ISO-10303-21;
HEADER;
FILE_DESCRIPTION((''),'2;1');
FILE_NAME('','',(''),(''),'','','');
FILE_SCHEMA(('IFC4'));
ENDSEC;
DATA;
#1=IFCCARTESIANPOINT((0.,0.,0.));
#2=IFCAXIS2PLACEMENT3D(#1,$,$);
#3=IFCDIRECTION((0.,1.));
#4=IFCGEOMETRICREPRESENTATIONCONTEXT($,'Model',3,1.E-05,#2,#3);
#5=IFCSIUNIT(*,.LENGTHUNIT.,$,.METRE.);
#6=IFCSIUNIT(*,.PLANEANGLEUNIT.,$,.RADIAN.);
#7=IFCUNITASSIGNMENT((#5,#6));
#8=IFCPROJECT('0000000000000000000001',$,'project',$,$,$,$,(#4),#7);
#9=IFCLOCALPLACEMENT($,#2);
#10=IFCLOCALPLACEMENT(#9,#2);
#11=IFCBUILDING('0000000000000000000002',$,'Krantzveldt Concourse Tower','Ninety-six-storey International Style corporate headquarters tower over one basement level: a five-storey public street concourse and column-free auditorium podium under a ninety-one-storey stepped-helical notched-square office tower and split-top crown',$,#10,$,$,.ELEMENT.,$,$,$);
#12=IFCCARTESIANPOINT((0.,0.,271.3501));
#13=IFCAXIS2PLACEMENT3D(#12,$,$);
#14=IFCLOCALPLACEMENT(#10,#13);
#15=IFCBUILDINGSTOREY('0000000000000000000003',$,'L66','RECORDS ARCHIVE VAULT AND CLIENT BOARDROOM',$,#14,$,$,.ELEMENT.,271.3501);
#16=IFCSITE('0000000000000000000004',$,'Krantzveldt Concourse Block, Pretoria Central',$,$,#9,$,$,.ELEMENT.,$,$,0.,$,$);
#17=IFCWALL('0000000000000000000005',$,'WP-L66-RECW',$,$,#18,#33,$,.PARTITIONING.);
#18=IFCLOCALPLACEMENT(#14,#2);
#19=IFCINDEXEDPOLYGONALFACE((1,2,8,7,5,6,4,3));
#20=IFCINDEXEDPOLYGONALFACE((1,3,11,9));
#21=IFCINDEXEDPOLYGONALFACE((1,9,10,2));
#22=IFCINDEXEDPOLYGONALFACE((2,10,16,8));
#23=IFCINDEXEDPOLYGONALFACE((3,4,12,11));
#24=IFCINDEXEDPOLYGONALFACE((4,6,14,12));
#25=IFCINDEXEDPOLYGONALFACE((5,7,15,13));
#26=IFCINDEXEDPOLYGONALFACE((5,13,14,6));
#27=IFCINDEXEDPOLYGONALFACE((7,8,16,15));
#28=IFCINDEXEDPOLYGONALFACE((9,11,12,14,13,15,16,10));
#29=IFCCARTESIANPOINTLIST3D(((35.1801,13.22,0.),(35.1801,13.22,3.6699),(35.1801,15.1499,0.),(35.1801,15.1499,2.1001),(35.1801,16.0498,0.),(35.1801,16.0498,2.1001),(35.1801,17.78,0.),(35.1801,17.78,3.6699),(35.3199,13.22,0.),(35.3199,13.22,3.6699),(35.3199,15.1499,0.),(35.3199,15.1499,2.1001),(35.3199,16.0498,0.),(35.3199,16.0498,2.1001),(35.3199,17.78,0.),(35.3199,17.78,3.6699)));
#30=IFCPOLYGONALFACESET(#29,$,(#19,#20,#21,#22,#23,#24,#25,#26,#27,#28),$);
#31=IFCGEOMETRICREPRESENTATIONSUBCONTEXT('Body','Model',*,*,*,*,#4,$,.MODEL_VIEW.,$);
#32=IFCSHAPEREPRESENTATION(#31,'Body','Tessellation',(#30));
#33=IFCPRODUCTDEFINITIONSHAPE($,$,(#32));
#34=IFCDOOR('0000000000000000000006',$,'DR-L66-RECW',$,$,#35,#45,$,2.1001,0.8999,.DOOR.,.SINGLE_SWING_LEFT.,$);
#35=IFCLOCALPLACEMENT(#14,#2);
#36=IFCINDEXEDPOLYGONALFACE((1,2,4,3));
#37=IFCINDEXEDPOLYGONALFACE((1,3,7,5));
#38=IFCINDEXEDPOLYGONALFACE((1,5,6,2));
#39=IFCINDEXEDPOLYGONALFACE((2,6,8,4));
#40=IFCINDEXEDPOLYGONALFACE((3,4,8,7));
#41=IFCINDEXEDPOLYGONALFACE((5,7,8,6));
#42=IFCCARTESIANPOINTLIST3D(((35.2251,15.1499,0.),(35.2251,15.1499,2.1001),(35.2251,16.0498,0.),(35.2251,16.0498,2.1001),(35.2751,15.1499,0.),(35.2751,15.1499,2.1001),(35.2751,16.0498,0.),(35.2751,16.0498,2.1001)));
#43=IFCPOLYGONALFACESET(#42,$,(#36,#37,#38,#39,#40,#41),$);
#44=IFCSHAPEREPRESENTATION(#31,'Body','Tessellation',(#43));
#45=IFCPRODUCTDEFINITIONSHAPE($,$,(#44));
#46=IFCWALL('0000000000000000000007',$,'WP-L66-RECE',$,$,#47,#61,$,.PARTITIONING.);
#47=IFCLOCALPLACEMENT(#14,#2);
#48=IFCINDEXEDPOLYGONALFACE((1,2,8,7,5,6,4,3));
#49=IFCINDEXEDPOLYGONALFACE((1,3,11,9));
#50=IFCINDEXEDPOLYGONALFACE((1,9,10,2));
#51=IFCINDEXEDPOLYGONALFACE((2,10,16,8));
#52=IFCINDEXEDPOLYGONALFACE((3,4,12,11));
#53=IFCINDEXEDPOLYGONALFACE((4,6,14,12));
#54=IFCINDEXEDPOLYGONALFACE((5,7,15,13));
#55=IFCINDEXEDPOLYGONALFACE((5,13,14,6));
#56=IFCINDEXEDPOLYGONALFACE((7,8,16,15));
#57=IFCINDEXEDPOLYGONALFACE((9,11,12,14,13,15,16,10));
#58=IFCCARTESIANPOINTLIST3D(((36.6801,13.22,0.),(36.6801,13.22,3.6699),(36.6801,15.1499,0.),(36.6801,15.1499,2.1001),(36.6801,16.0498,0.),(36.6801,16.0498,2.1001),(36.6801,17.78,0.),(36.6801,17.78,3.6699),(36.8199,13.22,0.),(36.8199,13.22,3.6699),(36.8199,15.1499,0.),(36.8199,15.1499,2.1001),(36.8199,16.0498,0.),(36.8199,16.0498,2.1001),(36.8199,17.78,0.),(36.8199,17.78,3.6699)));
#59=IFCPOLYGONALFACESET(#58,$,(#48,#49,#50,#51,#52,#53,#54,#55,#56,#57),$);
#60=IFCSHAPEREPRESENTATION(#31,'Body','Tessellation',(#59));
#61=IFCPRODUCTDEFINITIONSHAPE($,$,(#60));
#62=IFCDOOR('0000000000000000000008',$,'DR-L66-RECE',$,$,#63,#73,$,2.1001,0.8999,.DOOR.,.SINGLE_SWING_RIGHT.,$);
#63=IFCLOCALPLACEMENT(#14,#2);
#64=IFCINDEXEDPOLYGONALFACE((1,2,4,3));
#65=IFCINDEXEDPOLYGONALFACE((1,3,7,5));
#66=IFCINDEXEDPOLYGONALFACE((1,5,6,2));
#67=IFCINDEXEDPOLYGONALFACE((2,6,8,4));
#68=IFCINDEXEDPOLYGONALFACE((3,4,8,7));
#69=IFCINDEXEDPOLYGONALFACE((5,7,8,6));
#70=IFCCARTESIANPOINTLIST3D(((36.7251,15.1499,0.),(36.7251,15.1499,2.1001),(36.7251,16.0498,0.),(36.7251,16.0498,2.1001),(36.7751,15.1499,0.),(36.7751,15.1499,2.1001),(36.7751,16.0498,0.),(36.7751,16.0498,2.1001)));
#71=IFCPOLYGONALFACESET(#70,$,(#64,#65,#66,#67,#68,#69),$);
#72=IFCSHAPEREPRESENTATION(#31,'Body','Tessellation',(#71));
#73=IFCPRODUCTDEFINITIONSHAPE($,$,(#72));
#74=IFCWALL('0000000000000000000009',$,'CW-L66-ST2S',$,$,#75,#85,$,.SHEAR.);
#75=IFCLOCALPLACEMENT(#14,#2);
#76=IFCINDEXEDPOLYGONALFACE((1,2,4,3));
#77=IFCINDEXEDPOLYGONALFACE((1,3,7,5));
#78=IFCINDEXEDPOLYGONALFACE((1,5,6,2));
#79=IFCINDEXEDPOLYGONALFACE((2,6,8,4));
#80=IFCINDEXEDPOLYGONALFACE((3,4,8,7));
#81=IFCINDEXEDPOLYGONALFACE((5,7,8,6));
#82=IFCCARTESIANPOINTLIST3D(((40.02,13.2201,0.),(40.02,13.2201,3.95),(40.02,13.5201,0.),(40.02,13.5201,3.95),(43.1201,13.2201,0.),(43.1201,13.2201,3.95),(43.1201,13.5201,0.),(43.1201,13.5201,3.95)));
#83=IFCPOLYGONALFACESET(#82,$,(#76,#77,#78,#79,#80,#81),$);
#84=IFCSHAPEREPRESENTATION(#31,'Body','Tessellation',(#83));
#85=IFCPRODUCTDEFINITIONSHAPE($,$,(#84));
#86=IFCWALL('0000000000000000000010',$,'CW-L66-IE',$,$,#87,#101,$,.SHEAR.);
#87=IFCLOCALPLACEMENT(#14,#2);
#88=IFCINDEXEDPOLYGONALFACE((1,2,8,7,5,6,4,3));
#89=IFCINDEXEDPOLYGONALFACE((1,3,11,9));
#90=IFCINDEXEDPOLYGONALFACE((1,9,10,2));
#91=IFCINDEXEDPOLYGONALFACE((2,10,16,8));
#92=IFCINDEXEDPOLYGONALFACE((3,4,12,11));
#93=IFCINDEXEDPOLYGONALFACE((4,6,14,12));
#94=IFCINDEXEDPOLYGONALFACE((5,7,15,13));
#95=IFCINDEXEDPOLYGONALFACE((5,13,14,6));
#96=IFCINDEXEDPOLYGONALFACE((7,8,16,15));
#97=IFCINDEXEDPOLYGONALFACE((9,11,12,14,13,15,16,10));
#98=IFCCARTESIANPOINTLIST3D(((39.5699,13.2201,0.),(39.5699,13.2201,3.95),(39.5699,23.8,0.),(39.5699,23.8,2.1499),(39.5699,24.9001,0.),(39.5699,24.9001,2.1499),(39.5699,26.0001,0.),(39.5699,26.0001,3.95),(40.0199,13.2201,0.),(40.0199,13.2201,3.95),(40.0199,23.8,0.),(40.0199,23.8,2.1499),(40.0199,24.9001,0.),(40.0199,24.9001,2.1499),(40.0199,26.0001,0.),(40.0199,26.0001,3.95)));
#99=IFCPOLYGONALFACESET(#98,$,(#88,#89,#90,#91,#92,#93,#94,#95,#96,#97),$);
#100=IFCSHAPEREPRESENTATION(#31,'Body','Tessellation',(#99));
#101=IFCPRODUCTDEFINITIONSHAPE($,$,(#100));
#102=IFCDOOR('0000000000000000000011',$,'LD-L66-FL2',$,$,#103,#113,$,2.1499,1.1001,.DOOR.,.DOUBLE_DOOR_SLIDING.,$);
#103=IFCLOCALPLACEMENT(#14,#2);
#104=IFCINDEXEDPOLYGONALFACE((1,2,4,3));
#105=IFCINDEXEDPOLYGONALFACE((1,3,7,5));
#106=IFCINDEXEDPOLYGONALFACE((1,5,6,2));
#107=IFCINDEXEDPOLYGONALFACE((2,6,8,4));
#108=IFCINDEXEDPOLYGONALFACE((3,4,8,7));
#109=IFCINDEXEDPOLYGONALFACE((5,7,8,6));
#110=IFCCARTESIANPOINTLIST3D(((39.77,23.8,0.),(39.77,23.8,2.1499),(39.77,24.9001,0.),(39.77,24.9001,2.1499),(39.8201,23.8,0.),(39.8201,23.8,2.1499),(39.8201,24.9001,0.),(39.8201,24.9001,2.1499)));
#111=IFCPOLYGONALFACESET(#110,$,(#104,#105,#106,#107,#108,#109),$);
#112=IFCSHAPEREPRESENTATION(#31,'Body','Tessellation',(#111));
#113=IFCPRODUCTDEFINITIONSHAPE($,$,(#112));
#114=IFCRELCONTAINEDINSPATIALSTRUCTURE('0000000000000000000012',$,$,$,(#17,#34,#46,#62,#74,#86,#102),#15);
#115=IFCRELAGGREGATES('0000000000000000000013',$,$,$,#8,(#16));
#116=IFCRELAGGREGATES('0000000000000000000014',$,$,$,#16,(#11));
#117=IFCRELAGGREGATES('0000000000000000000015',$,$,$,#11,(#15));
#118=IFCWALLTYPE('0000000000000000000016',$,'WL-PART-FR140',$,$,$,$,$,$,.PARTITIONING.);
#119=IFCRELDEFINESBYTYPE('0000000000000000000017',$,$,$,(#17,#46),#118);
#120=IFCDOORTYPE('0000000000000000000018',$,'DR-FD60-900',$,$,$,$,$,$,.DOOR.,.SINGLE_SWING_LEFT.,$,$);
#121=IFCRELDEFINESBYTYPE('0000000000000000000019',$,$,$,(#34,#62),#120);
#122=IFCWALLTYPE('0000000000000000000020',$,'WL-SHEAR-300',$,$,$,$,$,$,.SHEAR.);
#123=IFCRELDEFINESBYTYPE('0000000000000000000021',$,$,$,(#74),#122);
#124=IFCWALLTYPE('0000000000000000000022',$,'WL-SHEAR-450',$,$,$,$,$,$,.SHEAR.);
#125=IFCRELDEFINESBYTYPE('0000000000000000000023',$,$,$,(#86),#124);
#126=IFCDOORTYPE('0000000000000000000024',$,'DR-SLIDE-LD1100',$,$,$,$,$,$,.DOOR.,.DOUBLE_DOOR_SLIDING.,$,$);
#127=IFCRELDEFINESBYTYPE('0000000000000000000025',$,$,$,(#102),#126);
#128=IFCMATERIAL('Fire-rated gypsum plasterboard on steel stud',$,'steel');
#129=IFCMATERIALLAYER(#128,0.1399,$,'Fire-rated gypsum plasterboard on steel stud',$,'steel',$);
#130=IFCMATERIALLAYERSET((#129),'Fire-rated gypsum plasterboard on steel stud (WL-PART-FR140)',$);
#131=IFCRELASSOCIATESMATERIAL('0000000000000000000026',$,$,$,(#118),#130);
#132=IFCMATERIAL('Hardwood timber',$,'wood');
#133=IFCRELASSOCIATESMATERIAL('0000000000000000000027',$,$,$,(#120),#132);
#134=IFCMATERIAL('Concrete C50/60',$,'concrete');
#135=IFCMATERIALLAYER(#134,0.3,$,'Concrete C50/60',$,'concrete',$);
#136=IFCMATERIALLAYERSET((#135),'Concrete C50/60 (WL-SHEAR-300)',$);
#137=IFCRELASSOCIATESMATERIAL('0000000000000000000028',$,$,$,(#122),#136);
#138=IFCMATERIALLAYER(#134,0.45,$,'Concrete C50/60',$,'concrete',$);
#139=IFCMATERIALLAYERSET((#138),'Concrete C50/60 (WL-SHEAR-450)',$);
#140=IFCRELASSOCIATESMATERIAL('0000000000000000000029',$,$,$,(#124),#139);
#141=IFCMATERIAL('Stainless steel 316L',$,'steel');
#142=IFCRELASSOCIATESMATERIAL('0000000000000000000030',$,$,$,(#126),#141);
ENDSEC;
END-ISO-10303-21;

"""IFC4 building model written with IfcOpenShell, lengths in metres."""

from ifc_helpers import new_model, si_unit, direction, frame, frame_2d, origin, place, context, subcontext, project, spatial, rectangle, extrude, material, layer, layer_set, type_object, element, fill, save


model = new_model("IFC4")

# Units and contexts
model_context = context("Model", 3, precision=1e-05, world=origin(), true_north=direction((0.0, 1.0)))
body_context = subcontext(model_context, "Body", "Model", "MODEL_VIEW")
ifc_project = project(units=[si_unit("LENGTHUNIT", "METRE"), si_unit("PLANEANGLEUNIT", "RADIAN")], contexts=[model_context])

# Site, building, storey
site_placement = place(None, origin())
site = spatial("IfcSite", under=ifc_project, at=site_placement, Name="Krantzveldt Concourse Block, Pretoria Central", CompositionType="ELEMENT", RefElevation=0.0)
building_placement = place(site_placement, origin())
building = spatial("IfcBuilding", under=site, at=building_placement, Name="Krantzveldt Concourse Tower", Description="Ninety-six-storey International Style corporate headquarters tower over one basement level: a five-storey public street concourse and column-free auditorium podium under a ninety-one-storey stepped-helical notched-square office tower and split-top crown", CompositionType="ELEMENT")
storey_placement = place(building_placement, frame((0.0, 0.0, 271.3501)))
storey = spatial("IfcBuildingStorey", under=building, at=storey_placement, Name="L66", Description="RECORDS ARCHIVE VAULT AND CLIENT BOARDROOM", CompositionType="ELEMENT", Elevation=271.3501)

# Shared definitions
ifc_material_1 = material(Name="Fire-rated gypsum plasterboard on steel stud", Category="steel")
ifc_material_2 = material(Name="Hardwood timber", Category="wood")

# Walls, openings, doors
ifc_layer_1 = layer(ifc_material_1, 0.1399, Name="Fire-rated gypsum plasterboard on steel stud", Category="steel")
ifc_layer_set_1 = layer_set([ifc_layer_1], Name="Fire-rated gypsum plasterboard on steel stud (WL-PART-FR140)")
wall_type_1 = type_object("IfcWallType", Name="WL-PART-FR140", PredefinedType="PARTITIONING", material=ifc_layer_set_1)
wall_1_placement = place(storey_placement, frame((35.25, 13.22, 0.0), z_axis=(0.0, 0.0, 1.0), x_axis=(0.0, 1.0, 0.0)))
wall_1 = element("IfcWall", 1, at=wall_1_placement, inside=storey, type_object=wall_type_1, Name="WP-L66-RECW", PredefinedType="PARTITIONING", context=body_context, shape_type="SweptSolid", body=[
    extrude(rectangle(XDim=4.5601, YDim=0.1399, at=frame_2d((2.28, 0.0))), origin(), (0.0, 0.0, 1.0), 3.6699),
])
opening_1_placement = place(wall_1_placement, frame((1.9299, 0.0, 0.0)))
opening_1 = element("IfcOpeningElement", 2, at=opening_1_placement, cuts=wall_1, PredefinedType="OPENING", context=body_context, shape_type="SweptSolid", body=[
    extrude(rectangle(XDim=0.8999, YDim=2.1001, at=frame_2d((0.45, 1.05))), frame((0.0, 0.0801, 0.0), z_axis=(0.0, -1.0, 0.0), x_axis=(1.0, 0.0, 0.0)), (0.0, 0.0, 1.0), 0.1599),
])
door_type_1 = type_object("IfcDoorType", Name="DR-FD60-900", OperationType="SINGLE_SWING_LEFT", PredefinedType="DOOR", material=ifc_material_2)
door_1_placement = place(opening_1_placement, origin())
door_1 = element("IfcDoor", 3, at=door_1_placement, inside=storey, type_object=door_type_1, Name="DR-L66-RECW", OperationType="SINGLE_SWING_LEFT", OverallHeight=2.1001, OverallWidth=0.8999, PredefinedType="DOOR", context=body_context, shape_type="SweptSolid", body=[
    extrude(rectangle(XDim=0.8999, YDim=2.1001, at=frame_2d((0.45, 1.05))), frame((0.0, 0.0249, 0.0), z_axis=(0.0, -1.0, 0.0), x_axis=(1.0, 0.0, 0.0)), (0.0, 0.0, 1.0), 0.05),
])
fill(opening_1, door_1)
wall_2_placement = place(storey_placement, frame((36.75, 13.22, 0.0), z_axis=(0.0, 0.0, 1.0), x_axis=(0.0, 1.0, 0.0)))
wall_2 = element("IfcWall", 4, at=wall_2_placement, inside=storey, type_object=wall_type_1, Name="WP-L66-RECE", PredefinedType="PARTITIONING", context=body_context, shape_type="SweptSolid", body=[
    extrude(rectangle(XDim=4.5601, YDim=0.1399, at=frame_2d((2.28, 0.0))), origin(), (0.0, 0.0, 1.0), 3.6699),
])
opening_2_placement = place(wall_2_placement, frame((1.9299, 0.0, 0.0)))
opening_2 = element("IfcOpeningElement", 5, at=opening_2_placement, cuts=wall_2, PredefinedType="OPENING", context=body_context, shape_type="SweptSolid", body=[
    extrude(rectangle(XDim=0.8999, YDim=2.1001, at=frame_2d((0.45, 1.05))), frame((0.0, 0.0801, 0.0), z_axis=(0.0, -1.0, 0.0), x_axis=(1.0, 0.0, 0.0)), (0.0, 0.0, 1.0), 0.1599),
])
door_2_placement = place(opening_2_placement, origin())
door_2 = element("IfcDoor", 6, at=door_2_placement, inside=storey, type_object=door_type_1, Name="DR-L66-RECE", OperationType="SINGLE_SWING_RIGHT", OverallHeight=2.1001, OverallWidth=0.8999, PredefinedType="DOOR", context=body_context, shape_type="SweptSolid", body=[
    extrude(rectangle(XDim=0.8999, YDim=2.1001, at=frame_2d((0.45, 1.05))), frame((0.0, 0.0249, 0.0), z_axis=(0.0, -1.0, 0.0), x_axis=(1.0, 0.0, 0.0)), (0.0, 0.0, 1.0), 0.05),
])
fill(opening_2, door_2)

# Wall
ifc_material_3 = material(Name="Concrete C50/60", Category="concrete")
ifc_layer_2 = layer(ifc_material_3, 0.3, Name="Concrete C50/60", Category="concrete")
ifc_layer_set_2 = layer_set([ifc_layer_2], Name="Concrete C50/60 (WL-SHEAR-300)")
wall_type_2 = type_object("IfcWallType", Name="WL-SHEAR-300", PredefinedType="SHEAR", material=ifc_layer_set_2)
wall_3_placement = place(storey_placement, frame((40.02, 13.3701, 0.0), z_axis=(0.0, 0.0, 1.0), x_axis=(1.0, 0.0, 0.0)))
element("IfcWall", 7, at=wall_3_placement, inside=storey, type_object=wall_type_2, Name="CW-L66-ST2S", PredefinedType="SHEAR", context=body_context, shape_type="SweptSolid", body=[
    extrude(rectangle(XDim=3.1001, YDim=0.3, at=frame_2d((1.55, 0.0))), origin(), (0.0, 0.0, 1.0), 3.95),
])

# Wall, opening, door
ifc_layer_3 = layer(ifc_material_3, 0.45, Name="Concrete C50/60", Category="concrete")
ifc_layer_set_3 = layer_set([ifc_layer_3], Name="Concrete C50/60 (WL-SHEAR-450)")
wall_type_3 = type_object("IfcWallType", Name="WL-SHEAR-450", PredefinedType="SHEAR", material=ifc_layer_set_3)
wall_4_placement = place(storey_placement, frame((39.7949, 13.22, 0.0), z_axis=(0.0, 0.0, 1.0), x_axis=(0.0, 1.0, 0.0)))
wall_4 = element("IfcWall", 8, at=wall_4_placement, inside=storey, type_object=wall_type_3, Name="CW-L66-IE", PredefinedType="SHEAR", context=body_context, shape_type="SweptSolid", body=[
    extrude(rectangle(XDim=12.78, YDim=0.45, at=frame_2d((6.3901, 0.0))), origin(), (0.0, 0.0, 1.0), 3.95),
])
opening_3_placement = place(wall_4_placement, frame((10.5801, 0.0, 0.0)))
opening_3 = element("IfcOpeningElement", 9, at=opening_3_placement, cuts=wall_4, PredefinedType="OPENING", context=body_context, shape_type="SweptSolid", body=[
    extrude(rectangle(XDim=1.1001, YDim=2.1499, at=frame_2d((0.55, 1.075))), frame((0.0, 0.2349, 0.0), z_axis=(0.0, -1.0, 0.0), x_axis=(1.0, 0.0, 0.0)), (0.0, 0.0, 1.0), 0.47),
])
ifc_material_4 = material(Name="Stainless steel 316L", Category="steel")
door_type_2 = type_object("IfcDoorType", Name="DR-SLIDE-LD1100", OperationType="DOUBLE_DOOR_SLIDING", PredefinedType="DOOR", material=ifc_material_4)
door_3_placement = place(opening_3_placement, origin())
door_3 = element("IfcDoor", 10, at=door_3_placement, inside=storey, type_object=door_type_2, Name="LD-L66-FL2", OperationType="DOUBLE_DOOR_SLIDING", OverallHeight=2.1499, OverallWidth=1.1001, PredefinedType="DOOR", context=body_context, shape_type="SweptSolid", body=[
    extrude(rectangle(XDim=1.1001, YDim=2.1499, at=frame_2d((0.55, 1.075))), frame((0.0, 0.0249, 0.0), z_axis=(0.0, -1.0, 0.0), x_axis=(1.0, 0.0, 0.0)), (0.0, 0.0, 1.0), 0.05),
])
fill(opening_3, door_3)

save(model, "model.ifc")
